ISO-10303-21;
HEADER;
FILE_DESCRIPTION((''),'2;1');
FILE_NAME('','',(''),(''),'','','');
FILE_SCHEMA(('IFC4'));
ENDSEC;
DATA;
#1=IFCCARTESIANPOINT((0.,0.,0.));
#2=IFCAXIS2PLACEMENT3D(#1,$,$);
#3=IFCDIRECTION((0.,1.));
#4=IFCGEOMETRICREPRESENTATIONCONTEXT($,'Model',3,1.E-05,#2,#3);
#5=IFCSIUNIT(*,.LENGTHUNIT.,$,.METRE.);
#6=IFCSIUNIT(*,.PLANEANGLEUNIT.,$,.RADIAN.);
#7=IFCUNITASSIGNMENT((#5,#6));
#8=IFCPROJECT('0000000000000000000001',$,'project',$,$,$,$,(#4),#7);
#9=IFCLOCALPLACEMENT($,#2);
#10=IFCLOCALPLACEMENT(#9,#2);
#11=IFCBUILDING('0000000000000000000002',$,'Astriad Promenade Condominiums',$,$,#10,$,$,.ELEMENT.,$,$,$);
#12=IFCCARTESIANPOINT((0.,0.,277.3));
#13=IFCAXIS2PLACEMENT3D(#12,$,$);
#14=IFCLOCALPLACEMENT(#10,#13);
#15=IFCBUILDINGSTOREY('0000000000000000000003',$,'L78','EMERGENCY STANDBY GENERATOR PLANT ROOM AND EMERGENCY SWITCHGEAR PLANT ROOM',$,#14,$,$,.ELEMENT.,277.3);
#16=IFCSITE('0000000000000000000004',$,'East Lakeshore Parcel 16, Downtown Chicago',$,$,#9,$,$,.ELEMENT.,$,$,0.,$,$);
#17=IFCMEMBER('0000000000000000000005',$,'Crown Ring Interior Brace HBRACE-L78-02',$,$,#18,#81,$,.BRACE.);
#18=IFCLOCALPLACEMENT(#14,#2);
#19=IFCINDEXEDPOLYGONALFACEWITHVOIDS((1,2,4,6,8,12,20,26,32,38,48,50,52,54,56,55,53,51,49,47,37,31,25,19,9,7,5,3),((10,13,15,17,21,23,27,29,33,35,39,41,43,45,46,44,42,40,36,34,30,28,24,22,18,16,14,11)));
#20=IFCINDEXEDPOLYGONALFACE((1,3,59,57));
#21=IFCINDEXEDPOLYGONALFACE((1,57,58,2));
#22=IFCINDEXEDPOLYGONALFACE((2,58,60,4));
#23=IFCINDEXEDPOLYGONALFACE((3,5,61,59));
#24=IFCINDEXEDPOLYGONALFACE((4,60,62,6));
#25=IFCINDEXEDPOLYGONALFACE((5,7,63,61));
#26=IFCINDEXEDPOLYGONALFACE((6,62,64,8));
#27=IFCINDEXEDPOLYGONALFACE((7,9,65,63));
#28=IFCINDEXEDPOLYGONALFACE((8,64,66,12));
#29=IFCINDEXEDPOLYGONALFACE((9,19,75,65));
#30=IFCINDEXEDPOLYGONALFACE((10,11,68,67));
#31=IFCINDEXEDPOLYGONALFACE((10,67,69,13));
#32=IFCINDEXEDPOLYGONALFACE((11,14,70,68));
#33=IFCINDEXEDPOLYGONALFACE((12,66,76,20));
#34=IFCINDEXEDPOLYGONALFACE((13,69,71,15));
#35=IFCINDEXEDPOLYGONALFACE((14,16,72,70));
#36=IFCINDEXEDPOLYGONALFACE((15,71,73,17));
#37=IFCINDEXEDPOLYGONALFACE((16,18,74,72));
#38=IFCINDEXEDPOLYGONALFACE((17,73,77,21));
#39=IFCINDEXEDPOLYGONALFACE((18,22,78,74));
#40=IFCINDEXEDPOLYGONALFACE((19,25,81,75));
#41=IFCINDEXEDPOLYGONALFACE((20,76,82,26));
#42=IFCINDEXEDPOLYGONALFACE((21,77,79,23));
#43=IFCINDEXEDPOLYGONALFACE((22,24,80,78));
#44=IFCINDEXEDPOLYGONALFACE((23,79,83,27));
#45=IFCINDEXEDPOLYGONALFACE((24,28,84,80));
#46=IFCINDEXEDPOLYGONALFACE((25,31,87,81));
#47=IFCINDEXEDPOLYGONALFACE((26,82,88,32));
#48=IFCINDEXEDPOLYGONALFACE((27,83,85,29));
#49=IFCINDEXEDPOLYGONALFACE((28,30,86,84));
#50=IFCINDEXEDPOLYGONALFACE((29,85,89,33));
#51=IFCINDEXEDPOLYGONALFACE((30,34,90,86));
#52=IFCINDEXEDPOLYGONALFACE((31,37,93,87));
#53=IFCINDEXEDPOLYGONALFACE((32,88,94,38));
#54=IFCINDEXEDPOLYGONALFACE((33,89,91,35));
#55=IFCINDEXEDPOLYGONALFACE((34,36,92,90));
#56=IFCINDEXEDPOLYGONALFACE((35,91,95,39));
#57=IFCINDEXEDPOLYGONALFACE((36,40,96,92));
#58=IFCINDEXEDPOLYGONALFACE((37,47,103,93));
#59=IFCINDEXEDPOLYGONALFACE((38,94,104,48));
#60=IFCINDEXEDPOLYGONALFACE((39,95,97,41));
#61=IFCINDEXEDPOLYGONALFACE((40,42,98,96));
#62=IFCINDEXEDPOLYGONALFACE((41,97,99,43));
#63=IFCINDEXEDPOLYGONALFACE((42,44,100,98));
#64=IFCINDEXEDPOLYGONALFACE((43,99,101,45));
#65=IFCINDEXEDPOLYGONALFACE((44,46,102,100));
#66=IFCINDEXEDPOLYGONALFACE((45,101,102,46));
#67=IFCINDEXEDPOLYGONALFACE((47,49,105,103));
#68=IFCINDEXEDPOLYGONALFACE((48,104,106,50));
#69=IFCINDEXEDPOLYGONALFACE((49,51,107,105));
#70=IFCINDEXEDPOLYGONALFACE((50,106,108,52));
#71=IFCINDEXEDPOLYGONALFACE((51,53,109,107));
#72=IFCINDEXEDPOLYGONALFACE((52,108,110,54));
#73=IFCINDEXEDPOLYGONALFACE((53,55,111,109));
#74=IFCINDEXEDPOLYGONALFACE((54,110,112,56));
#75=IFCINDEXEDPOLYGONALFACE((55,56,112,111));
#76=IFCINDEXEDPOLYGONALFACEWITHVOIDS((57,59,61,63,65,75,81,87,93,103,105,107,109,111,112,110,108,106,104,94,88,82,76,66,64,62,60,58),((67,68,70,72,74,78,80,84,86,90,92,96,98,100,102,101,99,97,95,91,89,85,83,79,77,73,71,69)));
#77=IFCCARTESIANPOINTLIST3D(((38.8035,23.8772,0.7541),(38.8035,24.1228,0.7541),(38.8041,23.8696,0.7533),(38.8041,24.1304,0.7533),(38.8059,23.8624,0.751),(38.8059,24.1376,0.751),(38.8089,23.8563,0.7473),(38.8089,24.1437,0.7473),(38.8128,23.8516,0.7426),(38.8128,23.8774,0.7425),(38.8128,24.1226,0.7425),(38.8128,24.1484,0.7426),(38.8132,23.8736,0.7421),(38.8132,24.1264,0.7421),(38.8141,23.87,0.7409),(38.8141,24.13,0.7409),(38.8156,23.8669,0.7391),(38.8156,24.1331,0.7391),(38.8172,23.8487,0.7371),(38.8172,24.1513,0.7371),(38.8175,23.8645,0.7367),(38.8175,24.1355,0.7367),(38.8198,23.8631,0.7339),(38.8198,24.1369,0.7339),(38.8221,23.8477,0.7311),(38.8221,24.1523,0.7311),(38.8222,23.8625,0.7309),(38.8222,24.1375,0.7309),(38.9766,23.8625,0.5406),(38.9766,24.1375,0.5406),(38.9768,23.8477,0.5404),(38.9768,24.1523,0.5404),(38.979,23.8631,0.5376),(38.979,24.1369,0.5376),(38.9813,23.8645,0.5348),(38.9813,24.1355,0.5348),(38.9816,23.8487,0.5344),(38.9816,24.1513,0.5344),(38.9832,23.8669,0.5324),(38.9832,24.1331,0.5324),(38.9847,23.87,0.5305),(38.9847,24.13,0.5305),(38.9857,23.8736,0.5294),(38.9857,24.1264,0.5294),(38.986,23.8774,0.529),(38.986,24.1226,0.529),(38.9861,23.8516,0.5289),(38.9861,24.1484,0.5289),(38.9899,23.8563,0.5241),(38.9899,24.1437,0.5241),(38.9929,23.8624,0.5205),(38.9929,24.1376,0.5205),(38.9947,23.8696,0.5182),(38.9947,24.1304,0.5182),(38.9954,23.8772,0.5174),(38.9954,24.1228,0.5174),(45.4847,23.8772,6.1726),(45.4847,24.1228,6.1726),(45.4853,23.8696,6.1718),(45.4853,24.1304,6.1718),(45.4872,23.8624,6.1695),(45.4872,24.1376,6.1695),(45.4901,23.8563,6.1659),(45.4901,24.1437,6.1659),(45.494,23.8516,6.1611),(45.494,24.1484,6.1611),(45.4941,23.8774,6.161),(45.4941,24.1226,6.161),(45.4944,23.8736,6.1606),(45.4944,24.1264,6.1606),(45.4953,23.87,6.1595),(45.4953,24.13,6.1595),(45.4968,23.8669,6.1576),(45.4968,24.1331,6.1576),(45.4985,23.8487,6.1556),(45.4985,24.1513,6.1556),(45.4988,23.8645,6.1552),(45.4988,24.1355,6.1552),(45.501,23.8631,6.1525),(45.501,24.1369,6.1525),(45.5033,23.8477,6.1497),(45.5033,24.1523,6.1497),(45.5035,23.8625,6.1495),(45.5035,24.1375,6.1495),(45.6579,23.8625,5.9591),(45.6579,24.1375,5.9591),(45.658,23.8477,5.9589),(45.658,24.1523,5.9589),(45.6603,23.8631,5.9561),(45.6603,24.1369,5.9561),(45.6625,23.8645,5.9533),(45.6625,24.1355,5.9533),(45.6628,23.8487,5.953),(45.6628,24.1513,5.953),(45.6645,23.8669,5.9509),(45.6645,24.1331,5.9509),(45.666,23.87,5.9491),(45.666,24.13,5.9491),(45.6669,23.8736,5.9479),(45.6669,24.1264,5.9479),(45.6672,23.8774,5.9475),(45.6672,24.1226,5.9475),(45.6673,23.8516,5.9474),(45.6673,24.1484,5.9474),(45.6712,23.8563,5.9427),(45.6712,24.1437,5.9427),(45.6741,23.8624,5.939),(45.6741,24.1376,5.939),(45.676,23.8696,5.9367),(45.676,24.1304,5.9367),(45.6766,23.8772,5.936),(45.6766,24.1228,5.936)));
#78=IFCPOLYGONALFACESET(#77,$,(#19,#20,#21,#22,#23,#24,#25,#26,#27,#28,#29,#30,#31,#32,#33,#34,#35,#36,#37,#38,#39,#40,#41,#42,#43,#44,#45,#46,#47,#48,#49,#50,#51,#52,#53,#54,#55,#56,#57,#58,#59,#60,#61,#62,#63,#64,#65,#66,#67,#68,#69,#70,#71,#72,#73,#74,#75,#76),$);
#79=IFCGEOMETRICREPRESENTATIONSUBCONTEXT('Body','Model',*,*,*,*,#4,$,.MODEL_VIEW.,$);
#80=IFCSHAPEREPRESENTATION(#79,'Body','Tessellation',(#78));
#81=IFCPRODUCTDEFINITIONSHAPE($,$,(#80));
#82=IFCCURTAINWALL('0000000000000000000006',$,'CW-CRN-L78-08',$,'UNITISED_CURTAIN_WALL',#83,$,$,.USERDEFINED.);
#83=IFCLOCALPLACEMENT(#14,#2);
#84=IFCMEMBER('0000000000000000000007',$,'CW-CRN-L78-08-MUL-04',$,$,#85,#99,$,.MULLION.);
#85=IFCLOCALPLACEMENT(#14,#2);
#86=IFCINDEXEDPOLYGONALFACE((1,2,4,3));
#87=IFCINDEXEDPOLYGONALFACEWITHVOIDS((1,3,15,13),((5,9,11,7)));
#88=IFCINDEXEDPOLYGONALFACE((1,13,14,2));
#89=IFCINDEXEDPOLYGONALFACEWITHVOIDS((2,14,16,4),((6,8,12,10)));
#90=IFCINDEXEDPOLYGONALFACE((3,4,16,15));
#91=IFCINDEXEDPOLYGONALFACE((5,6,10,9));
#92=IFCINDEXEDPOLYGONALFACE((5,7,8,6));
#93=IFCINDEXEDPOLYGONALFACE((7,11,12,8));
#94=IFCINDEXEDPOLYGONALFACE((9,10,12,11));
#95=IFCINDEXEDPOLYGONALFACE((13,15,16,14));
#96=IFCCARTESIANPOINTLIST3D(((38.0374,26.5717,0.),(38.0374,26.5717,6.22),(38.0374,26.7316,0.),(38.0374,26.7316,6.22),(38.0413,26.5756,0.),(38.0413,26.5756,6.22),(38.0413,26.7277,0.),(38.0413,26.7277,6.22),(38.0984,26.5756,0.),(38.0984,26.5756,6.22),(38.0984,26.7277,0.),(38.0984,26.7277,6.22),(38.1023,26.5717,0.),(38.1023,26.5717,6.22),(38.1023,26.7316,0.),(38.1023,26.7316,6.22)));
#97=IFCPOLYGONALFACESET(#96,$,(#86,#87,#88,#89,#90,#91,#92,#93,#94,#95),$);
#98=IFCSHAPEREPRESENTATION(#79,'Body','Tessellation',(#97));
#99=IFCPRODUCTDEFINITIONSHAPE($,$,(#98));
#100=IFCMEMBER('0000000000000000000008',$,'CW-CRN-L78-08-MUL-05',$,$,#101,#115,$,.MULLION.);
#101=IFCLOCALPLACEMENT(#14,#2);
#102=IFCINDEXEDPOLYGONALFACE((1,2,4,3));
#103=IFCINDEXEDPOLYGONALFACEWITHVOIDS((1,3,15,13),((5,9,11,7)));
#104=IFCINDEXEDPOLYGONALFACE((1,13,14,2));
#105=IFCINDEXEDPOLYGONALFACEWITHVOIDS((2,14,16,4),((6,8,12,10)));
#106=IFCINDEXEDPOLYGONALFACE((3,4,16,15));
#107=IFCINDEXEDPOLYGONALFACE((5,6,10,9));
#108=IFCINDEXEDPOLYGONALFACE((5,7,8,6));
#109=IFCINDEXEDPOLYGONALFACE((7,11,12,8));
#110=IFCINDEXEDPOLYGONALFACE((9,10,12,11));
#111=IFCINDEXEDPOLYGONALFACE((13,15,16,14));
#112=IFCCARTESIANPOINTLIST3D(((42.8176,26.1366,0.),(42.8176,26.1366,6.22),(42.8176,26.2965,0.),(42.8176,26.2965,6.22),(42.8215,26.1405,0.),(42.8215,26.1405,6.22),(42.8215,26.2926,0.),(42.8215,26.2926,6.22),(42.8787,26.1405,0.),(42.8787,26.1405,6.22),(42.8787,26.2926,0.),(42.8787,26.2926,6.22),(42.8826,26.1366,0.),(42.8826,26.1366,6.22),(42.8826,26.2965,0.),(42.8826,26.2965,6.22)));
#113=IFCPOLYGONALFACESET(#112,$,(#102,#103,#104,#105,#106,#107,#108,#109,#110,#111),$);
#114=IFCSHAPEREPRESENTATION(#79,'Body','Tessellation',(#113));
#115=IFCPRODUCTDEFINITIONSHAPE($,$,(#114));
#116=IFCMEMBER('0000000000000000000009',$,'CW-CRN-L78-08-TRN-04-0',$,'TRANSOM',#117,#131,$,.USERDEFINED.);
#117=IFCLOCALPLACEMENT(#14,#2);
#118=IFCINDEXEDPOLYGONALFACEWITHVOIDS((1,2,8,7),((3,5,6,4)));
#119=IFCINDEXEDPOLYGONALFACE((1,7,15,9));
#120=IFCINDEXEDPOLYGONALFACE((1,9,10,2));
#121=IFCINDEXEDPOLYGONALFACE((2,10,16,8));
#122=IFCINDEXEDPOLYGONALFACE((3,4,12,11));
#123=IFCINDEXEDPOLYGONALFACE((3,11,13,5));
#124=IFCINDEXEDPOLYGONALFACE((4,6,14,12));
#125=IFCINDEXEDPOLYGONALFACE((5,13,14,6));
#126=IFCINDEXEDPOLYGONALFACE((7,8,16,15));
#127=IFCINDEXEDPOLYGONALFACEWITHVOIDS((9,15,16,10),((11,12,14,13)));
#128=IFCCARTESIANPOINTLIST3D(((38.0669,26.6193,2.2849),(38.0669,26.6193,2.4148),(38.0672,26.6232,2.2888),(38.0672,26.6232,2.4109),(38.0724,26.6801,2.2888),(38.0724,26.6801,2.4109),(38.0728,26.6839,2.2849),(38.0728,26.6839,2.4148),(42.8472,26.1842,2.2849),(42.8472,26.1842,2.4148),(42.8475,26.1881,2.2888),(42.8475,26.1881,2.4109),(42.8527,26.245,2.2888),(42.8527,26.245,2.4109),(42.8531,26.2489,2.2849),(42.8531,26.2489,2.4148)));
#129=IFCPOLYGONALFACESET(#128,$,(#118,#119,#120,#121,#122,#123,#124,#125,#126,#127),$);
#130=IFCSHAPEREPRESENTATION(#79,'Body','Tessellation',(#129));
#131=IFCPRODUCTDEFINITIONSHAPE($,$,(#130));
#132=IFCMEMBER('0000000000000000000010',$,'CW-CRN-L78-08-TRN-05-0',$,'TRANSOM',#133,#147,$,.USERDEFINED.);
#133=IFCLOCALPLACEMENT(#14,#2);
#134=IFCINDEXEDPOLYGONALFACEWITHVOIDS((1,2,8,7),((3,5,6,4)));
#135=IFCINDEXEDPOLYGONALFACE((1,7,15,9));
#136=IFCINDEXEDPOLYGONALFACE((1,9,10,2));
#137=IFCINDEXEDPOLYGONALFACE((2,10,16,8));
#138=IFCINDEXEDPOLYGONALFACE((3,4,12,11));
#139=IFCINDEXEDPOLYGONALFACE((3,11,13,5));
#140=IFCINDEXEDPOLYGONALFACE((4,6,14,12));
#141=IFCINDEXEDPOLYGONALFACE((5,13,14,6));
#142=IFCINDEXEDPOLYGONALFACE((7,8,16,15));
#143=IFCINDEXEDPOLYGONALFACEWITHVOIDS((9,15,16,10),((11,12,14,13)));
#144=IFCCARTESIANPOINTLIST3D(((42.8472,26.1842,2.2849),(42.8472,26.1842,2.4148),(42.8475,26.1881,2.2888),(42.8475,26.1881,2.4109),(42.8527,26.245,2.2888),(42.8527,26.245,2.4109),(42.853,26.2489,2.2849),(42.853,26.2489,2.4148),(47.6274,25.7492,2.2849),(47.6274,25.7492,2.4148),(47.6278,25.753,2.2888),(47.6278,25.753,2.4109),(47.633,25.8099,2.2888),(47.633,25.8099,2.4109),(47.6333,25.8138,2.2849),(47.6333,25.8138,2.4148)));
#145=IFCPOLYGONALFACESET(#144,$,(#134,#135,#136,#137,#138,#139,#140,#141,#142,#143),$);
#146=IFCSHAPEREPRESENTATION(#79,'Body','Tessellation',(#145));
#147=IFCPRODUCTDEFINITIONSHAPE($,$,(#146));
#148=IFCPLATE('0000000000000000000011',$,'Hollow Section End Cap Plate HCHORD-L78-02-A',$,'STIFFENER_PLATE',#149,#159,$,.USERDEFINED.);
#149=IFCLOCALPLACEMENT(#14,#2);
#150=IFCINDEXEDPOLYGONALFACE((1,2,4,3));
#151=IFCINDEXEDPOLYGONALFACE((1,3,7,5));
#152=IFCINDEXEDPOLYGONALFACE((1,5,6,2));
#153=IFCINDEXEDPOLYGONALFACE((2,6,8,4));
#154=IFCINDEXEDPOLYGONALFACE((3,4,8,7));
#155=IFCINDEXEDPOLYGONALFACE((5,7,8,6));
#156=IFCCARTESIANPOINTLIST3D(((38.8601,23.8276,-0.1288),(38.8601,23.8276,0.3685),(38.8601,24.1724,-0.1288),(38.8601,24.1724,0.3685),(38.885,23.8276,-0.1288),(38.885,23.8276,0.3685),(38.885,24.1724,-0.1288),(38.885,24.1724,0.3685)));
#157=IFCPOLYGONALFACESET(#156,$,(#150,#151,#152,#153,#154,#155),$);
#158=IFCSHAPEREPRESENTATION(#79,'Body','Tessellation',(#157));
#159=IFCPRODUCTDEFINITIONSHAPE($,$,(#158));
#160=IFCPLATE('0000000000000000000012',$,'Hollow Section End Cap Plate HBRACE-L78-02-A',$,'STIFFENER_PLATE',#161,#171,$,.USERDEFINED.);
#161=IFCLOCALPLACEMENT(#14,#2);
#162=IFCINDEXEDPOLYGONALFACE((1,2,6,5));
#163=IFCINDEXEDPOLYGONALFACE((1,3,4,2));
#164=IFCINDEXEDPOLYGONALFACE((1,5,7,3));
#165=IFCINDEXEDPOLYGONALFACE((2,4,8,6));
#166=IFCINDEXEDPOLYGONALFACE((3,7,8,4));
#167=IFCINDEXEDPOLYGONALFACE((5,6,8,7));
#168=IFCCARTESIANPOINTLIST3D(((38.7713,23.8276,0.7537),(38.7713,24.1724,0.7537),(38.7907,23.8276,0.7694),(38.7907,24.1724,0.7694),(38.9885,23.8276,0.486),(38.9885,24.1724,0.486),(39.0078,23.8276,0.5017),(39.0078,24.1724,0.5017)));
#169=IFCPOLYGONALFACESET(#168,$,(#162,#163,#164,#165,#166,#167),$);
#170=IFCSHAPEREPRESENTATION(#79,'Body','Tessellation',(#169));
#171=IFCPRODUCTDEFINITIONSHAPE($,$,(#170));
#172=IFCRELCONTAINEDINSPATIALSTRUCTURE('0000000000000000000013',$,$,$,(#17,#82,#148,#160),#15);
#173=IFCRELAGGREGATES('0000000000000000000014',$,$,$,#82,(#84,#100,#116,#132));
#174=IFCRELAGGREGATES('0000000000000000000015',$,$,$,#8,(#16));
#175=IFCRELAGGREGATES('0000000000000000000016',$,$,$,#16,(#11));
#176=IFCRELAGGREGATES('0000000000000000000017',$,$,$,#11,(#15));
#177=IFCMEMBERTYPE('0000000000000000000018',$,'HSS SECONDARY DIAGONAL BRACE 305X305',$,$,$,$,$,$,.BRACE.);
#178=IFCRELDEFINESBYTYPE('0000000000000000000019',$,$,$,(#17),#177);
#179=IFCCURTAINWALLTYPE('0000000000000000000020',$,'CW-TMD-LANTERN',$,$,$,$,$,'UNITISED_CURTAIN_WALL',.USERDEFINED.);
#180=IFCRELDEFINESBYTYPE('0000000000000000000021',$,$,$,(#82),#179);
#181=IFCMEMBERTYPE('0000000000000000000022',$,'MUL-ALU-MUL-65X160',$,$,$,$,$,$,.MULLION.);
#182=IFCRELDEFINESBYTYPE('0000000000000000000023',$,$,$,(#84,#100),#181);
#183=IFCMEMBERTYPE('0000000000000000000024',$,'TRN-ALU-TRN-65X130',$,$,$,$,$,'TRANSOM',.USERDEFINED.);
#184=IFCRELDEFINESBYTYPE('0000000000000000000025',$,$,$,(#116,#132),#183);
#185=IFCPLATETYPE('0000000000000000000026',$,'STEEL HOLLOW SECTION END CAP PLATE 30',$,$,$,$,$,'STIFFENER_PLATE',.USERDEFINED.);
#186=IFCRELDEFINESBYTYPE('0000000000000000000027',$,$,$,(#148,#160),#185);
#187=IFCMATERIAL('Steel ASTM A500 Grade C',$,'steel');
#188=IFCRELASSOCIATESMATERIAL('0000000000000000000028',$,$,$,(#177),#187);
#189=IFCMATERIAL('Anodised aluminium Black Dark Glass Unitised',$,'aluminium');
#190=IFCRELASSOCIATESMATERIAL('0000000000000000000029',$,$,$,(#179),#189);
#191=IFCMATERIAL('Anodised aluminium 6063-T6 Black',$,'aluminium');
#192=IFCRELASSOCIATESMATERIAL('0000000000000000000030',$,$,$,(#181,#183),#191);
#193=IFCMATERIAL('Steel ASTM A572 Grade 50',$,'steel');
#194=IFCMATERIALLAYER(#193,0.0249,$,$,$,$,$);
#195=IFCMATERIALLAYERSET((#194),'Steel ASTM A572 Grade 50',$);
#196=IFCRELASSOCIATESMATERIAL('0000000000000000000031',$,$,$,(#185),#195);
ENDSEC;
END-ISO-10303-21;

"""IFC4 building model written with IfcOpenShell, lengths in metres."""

from ifc_helpers import new_model, si_unit, direction, frame, origin, origin_2d, place, context, subcontext, project, spatial, rectangle, hollow_rectangle, extrude, source, transform, mapped, material, layer, layer_set, material_profile, profile_set, type_object, type_shapes, element, aggregate, save


model = new_model("IFC4")

# Units and contexts
model_context = context("Model", 3, precision=1e-05, world=origin(), true_north=direction((0.0, 1.0)))
body_context = subcontext(model_context, "Body", "Model", "MODEL_VIEW")
ifc_project = project(units=[si_unit("LENGTHUNIT", "METRE"), si_unit("PLANEANGLEUNIT", "RADIAN")], contexts=[model_context])

# Site, building, storey
site_placement = place(None, origin())
site = spatial("IfcSite", under=ifc_project, at=site_placement, Name="East Lakeshore Parcel 16, Downtown Chicago", CompositionType="ELEMENT", RefElevation=0.0)
building_placement = place(site_placement, origin())
building = spatial("IfcBuilding", under=site, at=building_placement, Name="Astriad Promenade Condominiums", CompositionType="ELEMENT")
storey_placement = place(building_placement, frame((0.0, 0.0, 277.3)))
storey = spatial("IfcBuildingStorey", under=building, at=storey_placement, Name="L78", Description="EMERGENCY STANDBY GENERATOR PLANT ROOM AND EMERGENCY SWITCHGEAR PLANT ROOM", CompositionType="ELEMENT", Elevation=277.3)

# Member
ifc_material_1 = material(Name="Steel ASTM A500 Grade C", Category="steel")
ifc_material_profile_1 = material_profile(ifc_material_1, hollow_rectangle(XDim=0.3047, YDim=0.3047, WallThickness=0.0149, InnerFilletRadius=0.0149, OuterFilletRadius=0.0295, at=origin_2d()), Name="HSS305X305X15.9")
ifc_profile_set_1 = profile_set([ifc_material_profile_1], Name="Steel ASTM A500 Grade C")
member_type_1 = type_object("IfcMemberType", Name="HSS SECONDARY DIAGONAL BRACE 305X305", PredefinedType="BRACE", material=ifc_profile_set_1)
shared_shape_1 = source(origin(), body_context, "Body", "SweptSolid", [
    extrude(hollow_rectangle(XDim=0.3047, YDim=0.3047, WallThickness=0.0149, InnerFilletRadius=0.0149, OuterFilletRadius=0.0295, at=origin_2d()), origin(), (0.0, 0.0, 1.0), 8.6023),
])
type_shapes(member_type_1, [shared_shape_1])
member_1_placement = place(storey_placement, frame((38.8994, 24.0, 0.6357), z_axis=(0.776681, 0.0, 0.629894), x_axis=(0.0, 1.0, 0.0)))
element("IfcMember", 1, at=member_1_placement, inside=storey, type_object=member_type_1, Name="Crown Ring Interior Brace HBRACE-L78-02", PredefinedType="BRACE", context=body_context, shape_type="MappedRepresentation", body=[
    mapped(shared_shape_1, transform((0.0, 0.0, 0.0), scale=1.0)),
])

# Curtain wall, members
ifc_material_2 = material(Name="Anodised aluminium Black Dark Glass Unitised", Category="aluminium")
curtain_wall_type = type_object("IfcCurtainWallType", Name="CW-TMD-LANTERN", ElementType="UNITISED_CURTAIN_WALL", PredefinedType="USERDEFINED", material=ifc_material_2)
curtain_wall_placement = place(storey_placement, origin())
curtain_wall = element("IfcCurtainWall", 2, at=curtain_wall_placement, inside=storey, type_object=curtain_wall_type, Name="CW-CRN-L78-08", ObjectType="UNITISED_CURTAIN_WALL", PredefinedType="USERDEFINED")
ifc_material_3 = material(Name="Anodised aluminium 6063-T6 Black", Category="aluminium")
ifc_material_profile_2 = material_profile(ifc_material_3, hollow_rectangle(XDim=0.0649, YDim=0.1599, WallThickness=0.0039, at=origin_2d()), Name="ALU-MUL-65X160")
ifc_profile_set_2 = profile_set([ifc_material_profile_2], Name="Anodised aluminium 6063-T6 Black")
member_type_2 = type_object("IfcMemberType", Name="MUL-ALU-MUL-65X160", PredefinedType="MULLION", material=ifc_profile_set_2)
shared_shape_2 = source(origin(), body_context, "Body", "SweptSolid", [
    extrude(hollow_rectangle(XDim=0.0649, YDim=0.1599, WallThickness=0.0039, at=origin_2d()), origin(), (0.0, 0.0, 1.0), 6.22),
])
type_shapes(member_type_2, [shared_shape_2])
member_2_placement = place(storey_placement, frame((38.0698, 26.6516, 0.0), z_axis=(0.0, 0.0, 1.0), x_axis=(1.0, 0.0, 0.0)))
member_2 = element("IfcMember", 3, at=member_2_placement, type_object=member_type_2, Name="CW-CRN-L78-08-MUL-04", PredefinedType="MULLION", context=body_context, shape_type="MappedRepresentation", body=[
    mapped(shared_shape_2, transform((0.0, 0.0, 0.0), scale=1.0)),
])
member_3_placement = place(storey_placement, frame((42.8501, 26.2166, 0.0), z_axis=(0.0, 0.0, 1.0), x_axis=(1.0, 0.0, 0.0)))
member_3 = element("IfcMember", 4, at=member_3_placement, type_object=member_type_2, Name="CW-CRN-L78-08-MUL-05", PredefinedType="MULLION", context=body_context, shape_type="MappedRepresentation", body=[
    mapped(shared_shape_2, transform((0.0, 0.0, 0.0), scale=1.0)),
])
ifc_material_profile_3 = material_profile(ifc_material_3, hollow_rectangle(XDim=0.0649, YDim=0.1299, WallThickness=0.0039, at=origin_2d()), Name="ALU-TRN-65X130")
ifc_profile_set_3 = profile_set([ifc_material_profile_3], Name="Anodised aluminium 6063-T6 Black")
member_type_3 = type_object("IfcMemberType", Name="TRN-ALU-TRN-65X130", ElementType="TRANSOM", PredefinedType="USERDEFINED", material=ifc_profile_set_3)
shared_shape_3 = source(origin(), body_context, "Body", "SweptSolid", [
    extrude(hollow_rectangle(XDim=0.0649, YDim=0.1299, WallThickness=0.0039, at=origin_2d()), origin(), (0.0, 0.0, 1.0), 4.8),
])
type_shapes(member_type_3, [shared_shape_3])
member_4_placement = place(storey_placement, frame((38.0698, 26.6516, 2.3499), z_axis=(0.995884, -0.090637, 0.0), x_axis=(0.090637, 0.995884, 0.0)))
member_4 = element("IfcMember", 5, at=member_4_placement, type_object=member_type_3, Name="CW-CRN-L78-08-TRN-04-0", ObjectType="TRANSOM", PredefinedType="USERDEFINED", context=body_context, shape_type="MappedRepresentation", body=[
    mapped(shared_shape_3, transform((0.0, 0.0, 0.0), scale=1.0)),
])
member_5_placement = place(storey_placement, frame((42.8501, 26.2166, 2.3499), z_axis=(0.995884, -0.090637, 0.0), x_axis=(0.090637, 0.995884, 0.0)))
member_5 = element("IfcMember", 6, at=member_5_placement, type_object=member_type_3, Name="CW-CRN-L78-08-TRN-05-0", ObjectType="TRANSOM", PredefinedType="USERDEFINED", context=body_context, shape_type="MappedRepresentation", body=[
    mapped(shared_shape_3, transform((0.0, 0.0, 0.0), scale=1.0)),
])

# Plates
ifc_material_4 = material(Name="Steel ASTM A572 Grade 50", Category="steel")
ifc_layer_1 = layer(ifc_material_4, 0.0249)
ifc_layer_set_1 = layer_set([ifc_layer_1], Name="Steel ASTM A572 Grade 50")
plate_type_1 = type_object("IfcPlateType", Name="STEEL HOLLOW SECTION END CAP PLATE 30", ElementType="STIFFENER_PLATE", PredefinedType="USERDEFINED", material=ifc_layer_set_1)
shared_shape_4 = source(origin(), body_context, "Body", "SweptSolid", [
    extrude(rectangle(XDim=0.3447, YDim=0.4973, at=origin_2d()), origin(), (0.0, 0.0, 1.0), 0.0249),
])
plate_1_placement = place(storey_placement, frame((38.8601, 24.0, 0.1199), z_axis=(1.0, 0.0, 0.0), x_axis=(0.0, 1.0, 0.0)))
element("IfcPlate", 7, at=plate_1_placement, inside=storey, type_object=plate_type_1, Name="Hollow Section End Cap Plate HCHORD-L78-02-A", ObjectType="STIFFENER_PLATE", PredefinedType="USERDEFINED", context=body_context, shape_type="MappedRepresentation", body=[
    mapped(shared_shape_4, transform((0.0, 0.0, 0.0), scale=1.0)),
])
shared_shape_5 = source(origin(), body_context, "Body", "SweptSolid", [
    extrude(rectangle(XDim=0.3447, YDim=0.3447, at=origin_2d()), origin(), (0.0, 0.0, 1.0), 0.0249),
])
type_shapes(plate_type_1, [shared_shape_4, shared_shape_5])
plate_2_placement = place(storey_placement, frame((38.8799, 24.0, 0.6199), z_axis=(0.776676, 0.0, 0.629901), x_axis=(0.0, 1.0, 0.0)))
element("IfcPlate", 8, at=plate_2_placement, inside=storey, type_object=plate_type_1, Name="Hollow Section End Cap Plate HBRACE-L78-02-A", ObjectType="STIFFENER_PLATE", PredefinedType="USERDEFINED", context=body_context, shape_type="MappedRepresentation", body=[
    mapped(shared_shape_5, transform((0.0, 0.0, 0.0), scale=1.0)),
])

aggregate(curtain_wall, [member_2, member_3, member_4, member_5])

save(model, "model.ifc")
